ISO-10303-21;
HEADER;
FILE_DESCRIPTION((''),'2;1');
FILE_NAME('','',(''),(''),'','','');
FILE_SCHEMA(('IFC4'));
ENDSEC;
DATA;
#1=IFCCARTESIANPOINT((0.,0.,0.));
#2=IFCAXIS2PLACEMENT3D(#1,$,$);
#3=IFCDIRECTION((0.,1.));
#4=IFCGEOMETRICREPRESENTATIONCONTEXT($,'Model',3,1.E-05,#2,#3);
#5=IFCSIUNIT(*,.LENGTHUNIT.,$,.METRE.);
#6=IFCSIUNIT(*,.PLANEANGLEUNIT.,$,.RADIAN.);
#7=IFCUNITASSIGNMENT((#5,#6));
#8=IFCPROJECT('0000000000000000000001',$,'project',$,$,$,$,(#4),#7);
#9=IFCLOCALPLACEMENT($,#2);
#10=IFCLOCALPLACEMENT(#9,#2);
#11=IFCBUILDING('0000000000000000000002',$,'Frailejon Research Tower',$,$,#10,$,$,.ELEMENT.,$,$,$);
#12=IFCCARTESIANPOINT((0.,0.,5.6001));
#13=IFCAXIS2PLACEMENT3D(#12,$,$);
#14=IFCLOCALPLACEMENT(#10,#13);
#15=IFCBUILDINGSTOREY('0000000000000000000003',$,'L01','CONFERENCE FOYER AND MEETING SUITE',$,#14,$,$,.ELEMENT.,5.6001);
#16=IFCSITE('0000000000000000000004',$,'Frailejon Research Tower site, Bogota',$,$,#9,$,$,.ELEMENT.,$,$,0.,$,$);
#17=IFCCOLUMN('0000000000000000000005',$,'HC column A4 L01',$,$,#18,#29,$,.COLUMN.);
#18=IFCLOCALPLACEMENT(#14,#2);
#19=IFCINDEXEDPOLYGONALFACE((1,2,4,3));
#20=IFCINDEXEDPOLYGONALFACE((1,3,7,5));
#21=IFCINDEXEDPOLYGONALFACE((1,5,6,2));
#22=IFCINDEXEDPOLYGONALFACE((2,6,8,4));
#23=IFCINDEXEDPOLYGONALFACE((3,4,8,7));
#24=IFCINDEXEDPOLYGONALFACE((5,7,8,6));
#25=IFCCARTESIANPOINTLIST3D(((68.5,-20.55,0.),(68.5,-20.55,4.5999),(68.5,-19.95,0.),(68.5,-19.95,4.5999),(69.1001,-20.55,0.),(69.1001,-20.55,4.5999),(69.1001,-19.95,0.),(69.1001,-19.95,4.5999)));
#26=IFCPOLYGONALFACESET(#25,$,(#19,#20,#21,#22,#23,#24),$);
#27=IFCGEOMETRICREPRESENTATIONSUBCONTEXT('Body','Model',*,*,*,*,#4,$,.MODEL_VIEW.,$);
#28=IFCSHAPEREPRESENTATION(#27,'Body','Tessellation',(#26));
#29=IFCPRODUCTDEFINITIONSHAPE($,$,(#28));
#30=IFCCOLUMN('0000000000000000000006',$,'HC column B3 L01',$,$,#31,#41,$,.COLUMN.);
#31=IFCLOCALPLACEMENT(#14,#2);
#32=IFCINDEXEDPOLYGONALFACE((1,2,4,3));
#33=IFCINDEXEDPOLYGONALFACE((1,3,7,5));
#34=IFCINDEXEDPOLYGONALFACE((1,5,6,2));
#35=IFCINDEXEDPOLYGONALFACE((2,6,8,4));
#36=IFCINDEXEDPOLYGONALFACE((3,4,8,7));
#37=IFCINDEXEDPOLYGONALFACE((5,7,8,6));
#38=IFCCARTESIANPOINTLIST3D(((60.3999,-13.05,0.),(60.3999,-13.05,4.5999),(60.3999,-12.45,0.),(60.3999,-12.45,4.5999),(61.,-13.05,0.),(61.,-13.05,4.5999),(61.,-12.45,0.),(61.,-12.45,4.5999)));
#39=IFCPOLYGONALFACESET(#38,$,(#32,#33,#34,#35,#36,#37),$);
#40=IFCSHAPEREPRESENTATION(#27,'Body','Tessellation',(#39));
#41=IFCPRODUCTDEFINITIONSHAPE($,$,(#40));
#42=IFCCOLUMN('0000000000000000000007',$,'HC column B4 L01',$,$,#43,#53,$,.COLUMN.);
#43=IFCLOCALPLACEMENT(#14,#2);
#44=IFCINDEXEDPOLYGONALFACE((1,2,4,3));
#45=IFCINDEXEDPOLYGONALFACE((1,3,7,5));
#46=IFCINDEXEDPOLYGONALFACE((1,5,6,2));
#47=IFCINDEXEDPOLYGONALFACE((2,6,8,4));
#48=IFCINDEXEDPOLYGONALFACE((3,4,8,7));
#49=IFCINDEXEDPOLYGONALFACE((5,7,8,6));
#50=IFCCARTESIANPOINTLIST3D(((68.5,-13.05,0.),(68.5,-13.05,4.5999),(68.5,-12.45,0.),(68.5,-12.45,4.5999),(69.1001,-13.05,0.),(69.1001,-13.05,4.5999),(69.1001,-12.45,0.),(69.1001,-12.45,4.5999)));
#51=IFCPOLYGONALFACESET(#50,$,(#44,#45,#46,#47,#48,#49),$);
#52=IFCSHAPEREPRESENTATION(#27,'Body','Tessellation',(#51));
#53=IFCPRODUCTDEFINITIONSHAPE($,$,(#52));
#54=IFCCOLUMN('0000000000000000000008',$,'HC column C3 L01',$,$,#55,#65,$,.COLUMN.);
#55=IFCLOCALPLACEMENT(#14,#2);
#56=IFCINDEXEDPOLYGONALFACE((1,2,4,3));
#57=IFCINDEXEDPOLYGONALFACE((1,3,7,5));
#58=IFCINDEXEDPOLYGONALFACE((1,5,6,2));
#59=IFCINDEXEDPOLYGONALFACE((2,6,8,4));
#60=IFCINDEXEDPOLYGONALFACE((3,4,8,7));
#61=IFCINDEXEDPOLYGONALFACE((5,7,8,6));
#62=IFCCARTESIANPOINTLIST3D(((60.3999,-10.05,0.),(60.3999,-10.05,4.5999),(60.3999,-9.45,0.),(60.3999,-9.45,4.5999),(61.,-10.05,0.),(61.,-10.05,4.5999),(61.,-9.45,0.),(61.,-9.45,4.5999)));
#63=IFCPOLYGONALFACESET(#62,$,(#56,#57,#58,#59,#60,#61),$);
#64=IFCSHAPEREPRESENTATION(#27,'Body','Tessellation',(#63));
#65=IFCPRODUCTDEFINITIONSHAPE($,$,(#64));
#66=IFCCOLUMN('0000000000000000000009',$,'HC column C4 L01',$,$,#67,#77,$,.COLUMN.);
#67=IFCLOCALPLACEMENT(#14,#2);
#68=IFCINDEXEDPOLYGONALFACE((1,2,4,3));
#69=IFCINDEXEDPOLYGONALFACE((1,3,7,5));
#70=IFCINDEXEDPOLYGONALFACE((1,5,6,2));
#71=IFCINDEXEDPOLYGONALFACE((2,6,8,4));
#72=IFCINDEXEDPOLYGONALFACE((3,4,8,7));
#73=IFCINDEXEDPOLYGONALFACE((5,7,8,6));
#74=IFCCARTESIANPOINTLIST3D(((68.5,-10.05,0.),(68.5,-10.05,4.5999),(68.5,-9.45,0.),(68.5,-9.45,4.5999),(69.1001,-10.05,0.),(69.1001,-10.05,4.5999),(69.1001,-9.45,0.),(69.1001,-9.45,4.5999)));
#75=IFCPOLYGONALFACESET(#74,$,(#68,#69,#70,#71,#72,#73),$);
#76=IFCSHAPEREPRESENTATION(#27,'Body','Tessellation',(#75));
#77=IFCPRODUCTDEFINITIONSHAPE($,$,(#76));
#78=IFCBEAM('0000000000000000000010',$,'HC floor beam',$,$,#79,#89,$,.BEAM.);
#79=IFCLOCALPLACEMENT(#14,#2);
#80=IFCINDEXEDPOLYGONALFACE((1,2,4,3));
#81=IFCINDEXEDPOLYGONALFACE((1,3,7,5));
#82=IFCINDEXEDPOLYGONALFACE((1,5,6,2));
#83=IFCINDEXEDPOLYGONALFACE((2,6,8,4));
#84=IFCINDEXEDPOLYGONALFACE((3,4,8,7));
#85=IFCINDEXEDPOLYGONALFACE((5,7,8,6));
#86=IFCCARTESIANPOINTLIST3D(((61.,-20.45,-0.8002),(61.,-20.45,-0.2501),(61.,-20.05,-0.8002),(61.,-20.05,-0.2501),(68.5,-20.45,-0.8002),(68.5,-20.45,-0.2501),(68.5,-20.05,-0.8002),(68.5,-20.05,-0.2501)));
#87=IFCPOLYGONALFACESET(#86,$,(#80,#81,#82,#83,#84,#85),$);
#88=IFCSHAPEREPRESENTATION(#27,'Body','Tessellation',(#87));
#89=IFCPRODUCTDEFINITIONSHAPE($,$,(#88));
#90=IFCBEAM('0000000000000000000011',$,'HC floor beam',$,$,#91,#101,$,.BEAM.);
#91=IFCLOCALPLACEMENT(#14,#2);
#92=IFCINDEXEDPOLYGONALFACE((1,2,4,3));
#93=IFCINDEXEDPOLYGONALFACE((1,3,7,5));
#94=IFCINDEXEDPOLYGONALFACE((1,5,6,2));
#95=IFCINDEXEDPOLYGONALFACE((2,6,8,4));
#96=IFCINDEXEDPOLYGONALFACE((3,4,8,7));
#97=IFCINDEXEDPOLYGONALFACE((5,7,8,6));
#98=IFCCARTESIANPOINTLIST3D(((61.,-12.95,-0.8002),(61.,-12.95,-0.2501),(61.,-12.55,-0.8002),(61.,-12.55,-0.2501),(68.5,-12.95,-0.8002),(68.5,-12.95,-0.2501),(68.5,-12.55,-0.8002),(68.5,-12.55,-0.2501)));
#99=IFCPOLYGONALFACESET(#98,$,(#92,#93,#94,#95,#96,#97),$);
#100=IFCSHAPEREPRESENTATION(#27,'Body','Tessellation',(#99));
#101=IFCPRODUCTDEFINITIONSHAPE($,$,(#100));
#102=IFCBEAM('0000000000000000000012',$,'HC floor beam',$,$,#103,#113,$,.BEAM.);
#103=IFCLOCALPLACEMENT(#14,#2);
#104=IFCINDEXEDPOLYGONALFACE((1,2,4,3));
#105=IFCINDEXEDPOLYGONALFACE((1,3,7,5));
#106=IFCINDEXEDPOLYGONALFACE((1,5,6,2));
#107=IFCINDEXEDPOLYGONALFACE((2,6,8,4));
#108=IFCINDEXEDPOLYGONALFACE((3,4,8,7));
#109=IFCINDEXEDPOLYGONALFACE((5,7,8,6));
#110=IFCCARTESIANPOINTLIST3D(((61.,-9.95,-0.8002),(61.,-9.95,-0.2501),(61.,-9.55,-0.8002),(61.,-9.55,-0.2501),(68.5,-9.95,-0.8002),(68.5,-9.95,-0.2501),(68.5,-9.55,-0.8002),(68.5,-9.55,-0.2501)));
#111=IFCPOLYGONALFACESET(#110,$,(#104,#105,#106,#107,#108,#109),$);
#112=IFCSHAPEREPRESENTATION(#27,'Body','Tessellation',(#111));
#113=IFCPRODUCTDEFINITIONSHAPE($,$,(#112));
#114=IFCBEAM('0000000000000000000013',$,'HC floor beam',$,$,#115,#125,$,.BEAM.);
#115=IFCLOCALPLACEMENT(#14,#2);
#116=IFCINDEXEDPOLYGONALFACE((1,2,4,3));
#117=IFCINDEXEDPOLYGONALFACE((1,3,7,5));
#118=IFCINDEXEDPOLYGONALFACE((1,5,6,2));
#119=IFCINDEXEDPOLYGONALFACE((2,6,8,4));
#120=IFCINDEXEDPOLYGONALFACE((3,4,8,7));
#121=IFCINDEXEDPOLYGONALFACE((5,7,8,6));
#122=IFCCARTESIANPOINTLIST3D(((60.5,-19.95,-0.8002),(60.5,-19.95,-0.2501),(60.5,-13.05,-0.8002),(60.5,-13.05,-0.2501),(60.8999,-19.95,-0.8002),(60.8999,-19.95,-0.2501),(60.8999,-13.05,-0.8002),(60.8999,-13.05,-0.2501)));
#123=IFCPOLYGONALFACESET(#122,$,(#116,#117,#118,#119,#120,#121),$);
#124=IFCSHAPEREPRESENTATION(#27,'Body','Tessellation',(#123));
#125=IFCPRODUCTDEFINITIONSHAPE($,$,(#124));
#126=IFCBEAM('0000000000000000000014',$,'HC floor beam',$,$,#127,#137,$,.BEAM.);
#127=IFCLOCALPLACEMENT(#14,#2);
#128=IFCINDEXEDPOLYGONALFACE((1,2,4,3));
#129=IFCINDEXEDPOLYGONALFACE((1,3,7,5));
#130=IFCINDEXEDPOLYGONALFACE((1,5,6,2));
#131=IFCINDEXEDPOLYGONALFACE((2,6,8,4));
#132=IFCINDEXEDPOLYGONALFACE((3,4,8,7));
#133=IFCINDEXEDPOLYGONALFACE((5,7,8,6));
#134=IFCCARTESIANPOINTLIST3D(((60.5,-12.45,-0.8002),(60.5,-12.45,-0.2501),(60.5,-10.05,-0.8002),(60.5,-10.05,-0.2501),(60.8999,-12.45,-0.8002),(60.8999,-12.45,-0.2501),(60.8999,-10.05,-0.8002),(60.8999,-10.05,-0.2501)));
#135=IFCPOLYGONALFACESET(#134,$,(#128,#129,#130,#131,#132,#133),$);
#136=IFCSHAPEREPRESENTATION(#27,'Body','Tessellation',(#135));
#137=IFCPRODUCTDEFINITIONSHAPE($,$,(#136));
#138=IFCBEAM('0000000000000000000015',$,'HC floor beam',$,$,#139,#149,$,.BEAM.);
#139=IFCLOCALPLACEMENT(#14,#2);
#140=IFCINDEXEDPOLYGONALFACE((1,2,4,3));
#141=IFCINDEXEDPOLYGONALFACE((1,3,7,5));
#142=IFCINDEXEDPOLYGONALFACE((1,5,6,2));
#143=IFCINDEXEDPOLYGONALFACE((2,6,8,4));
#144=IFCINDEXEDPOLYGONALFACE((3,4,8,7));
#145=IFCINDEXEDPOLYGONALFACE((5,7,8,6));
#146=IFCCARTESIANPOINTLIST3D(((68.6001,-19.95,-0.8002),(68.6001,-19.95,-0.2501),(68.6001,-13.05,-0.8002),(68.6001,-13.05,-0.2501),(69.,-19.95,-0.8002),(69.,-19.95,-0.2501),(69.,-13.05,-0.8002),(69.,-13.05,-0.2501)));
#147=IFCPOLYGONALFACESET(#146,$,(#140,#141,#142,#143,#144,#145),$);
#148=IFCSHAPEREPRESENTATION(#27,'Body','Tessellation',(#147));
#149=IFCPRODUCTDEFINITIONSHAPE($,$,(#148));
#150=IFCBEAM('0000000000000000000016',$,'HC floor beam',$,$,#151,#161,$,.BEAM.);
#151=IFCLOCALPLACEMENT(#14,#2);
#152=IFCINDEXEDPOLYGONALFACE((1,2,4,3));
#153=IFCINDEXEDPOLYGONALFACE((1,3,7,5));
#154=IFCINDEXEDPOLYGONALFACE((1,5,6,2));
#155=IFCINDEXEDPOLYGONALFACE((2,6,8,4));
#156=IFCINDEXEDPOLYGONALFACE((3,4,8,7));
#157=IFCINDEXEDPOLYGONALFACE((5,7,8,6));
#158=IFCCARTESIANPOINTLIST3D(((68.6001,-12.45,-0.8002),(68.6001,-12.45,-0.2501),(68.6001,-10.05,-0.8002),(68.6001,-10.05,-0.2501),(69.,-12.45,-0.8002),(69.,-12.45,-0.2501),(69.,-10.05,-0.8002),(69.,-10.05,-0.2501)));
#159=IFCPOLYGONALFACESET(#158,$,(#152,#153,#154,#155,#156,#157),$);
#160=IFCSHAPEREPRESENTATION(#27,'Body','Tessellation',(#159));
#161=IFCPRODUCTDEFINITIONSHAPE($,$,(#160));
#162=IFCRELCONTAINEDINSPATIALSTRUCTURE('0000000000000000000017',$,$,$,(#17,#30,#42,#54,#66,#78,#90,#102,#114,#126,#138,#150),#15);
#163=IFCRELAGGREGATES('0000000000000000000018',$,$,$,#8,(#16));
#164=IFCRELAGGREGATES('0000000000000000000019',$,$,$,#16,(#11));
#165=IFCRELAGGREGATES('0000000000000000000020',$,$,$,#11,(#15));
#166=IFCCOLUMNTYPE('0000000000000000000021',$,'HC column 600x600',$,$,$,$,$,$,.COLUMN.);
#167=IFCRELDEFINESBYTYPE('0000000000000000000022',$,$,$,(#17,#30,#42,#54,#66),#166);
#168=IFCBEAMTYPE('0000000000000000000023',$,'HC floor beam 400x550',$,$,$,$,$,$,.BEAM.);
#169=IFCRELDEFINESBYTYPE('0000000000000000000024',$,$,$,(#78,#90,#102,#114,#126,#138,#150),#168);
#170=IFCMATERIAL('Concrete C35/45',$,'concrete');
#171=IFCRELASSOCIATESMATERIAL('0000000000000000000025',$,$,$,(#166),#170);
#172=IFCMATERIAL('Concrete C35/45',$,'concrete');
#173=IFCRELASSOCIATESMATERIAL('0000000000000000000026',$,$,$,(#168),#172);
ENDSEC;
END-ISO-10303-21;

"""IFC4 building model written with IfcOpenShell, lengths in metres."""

from ifc_helpers import new_model, si_unit, direction, frame, origin, origin_2d, place, context, subcontext, project, spatial, rectangle, extrude, material, material_profile, profile_set, type_object, element, save


model = new_model("IFC4")

# Units and contexts
model_context = context("Model", 3, precision=1e-05, world=origin(), true_north=direction((0.0, 1.0)))
body_context = subcontext(model_context, "Body", "Model", "MODEL_VIEW")
ifc_project = project(units=[si_unit("LENGTHUNIT", "METRE"), si_unit("PLANEANGLEUNIT", "RADIAN")], contexts=[model_context])

# Site, building, storey
site_placement = place(None, origin())
site = spatial("IfcSite", under=ifc_project, at=site_placement, Name="Frailejon Research Tower site, Bogota", CompositionType="ELEMENT", RefElevation=0.0)
building_placement = place(site_placement, origin())
building = spatial("IfcBuilding", under=site, at=building_placement, Name="Frailejon Research Tower", CompositionType="ELEMENT")
storey_placement = place(building_placement, frame((0.0, 0.0, 5.6001)))
storey = spatial("IfcBuildingStorey", under=building, at=storey_placement, Name="L01", Description="CONFERENCE FOYER AND MEETING SUITE", CompositionType="ELEMENT", Elevation=5.6001)

# Columns
ifc_material_1 = material(Name="Concrete C35/45", Category="concrete")
ifc_material_profile_1 = material_profile(ifc_material_1, rectangle(XDim=0.6001, YDim=0.6001, at=origin_2d()), Name="HC column 600x600")
ifc_profile_set_1 = profile_set([ifc_material_profile_1], Name="Concrete C35/45")
column_type = type_object("IfcColumnType", Name="HC column 600x600", PredefinedType="COLUMN", material=ifc_profile_set_1)
for number, where, z_axis, x_axis, name in (
    (1, (68.8, -20.25, 0.0), (0.0, 0.0, 1.0), (1.0, 0.0, 0.0), "HC column A4 L01"),
    (2, (60.7, -12.75, 0.0), (0.0, 0.0, 1.0), (1.0, 0.0, 0.0), "HC column B3 L01"),
    (3, (68.8, -12.75, 0.0), (0.0, 0.0, 1.0), (1.0, 0.0, 0.0), "HC column B4 L01"),
    (4, (60.7, -9.75, 0.0), (0.0, 0.0, 1.0), (1.0, 0.0, 0.0), "HC column C3 L01"),
    (5, (68.8, -9.75, 0.0), (0.0, 0.0, 1.0), (1.0, 0.0, 0.0), "HC column C4 L01"),
):
    element("IfcColumn", number, at=place(storey_placement, frame(where, z_axis=z_axis, x_axis=x_axis)), inside=storey, type_object=column_type, Name=name, PredefinedType="COLUMN", context=body_context, shape_type="SweptSolid", body=[
        extrude(rectangle(XDim=0.6001, YDim=0.6001, at=origin_2d()), origin(), (0.0, 0.0, 1.0), 4.5999),
    ])

# Beams
ifc_material_2 = material(Name="Concrete C35/45", Category="concrete")
ifc_material_profile_2 = material_profile(ifc_material_2, rectangle(XDim=0.3999, YDim=0.55, at=origin_2d()), Name="HC floor beam 400x550")
ifc_profile_set_2 = profile_set([ifc_material_profile_2], Name="Concrete C35/45")
beam_type = type_object("IfcBeamType", Name="HC floor beam 400x550", PredefinedType="BEAM", material=ifc_profile_set_2)
for number, where, z_axis, x_axis, name in (
    (6, (61.0, -20.25, -0.5251), (1.0, 0.0, 0.0), (0.0, 1.0, 0.0), "HC floor beam"),
    (7, (61.0, -12.75, -0.5251), (1.0, 0.0, 0.0), (0.0, 1.0, 0.0), "HC floor beam"),
    (8, (61.0, -9.75, -0.5251), (1.0, 0.0, 0.0), (0.0, 1.0, 0.0), "HC floor beam"),
):
    element("IfcBeam", number, at=place(storey_placement, frame(where, z_axis=z_axis, x_axis=x_axis)), inside=storey, type_object=beam_type, Name=name, PredefinedType="BEAM", context=body_context, shape_type="SweptSolid", body=[
        extrude(rectangle(XDim=0.3999, YDim=0.55, at=origin_2d()), origin(), (0.0, 0.0, 1.0), 7.5),
    ])
beam_1_placement = place(storey_placement, frame((60.7, -19.95, -0.5251), z_axis=(0.0, 1.0, 0.0), x_axis=(-1.0, 0.0, 0.0)))
element("IfcBeam", 9, at=beam_1_placement, inside=storey, type_object=beam_type, Name="HC floor beam", PredefinedType="BEAM", context=body_context, shape_type="SweptSolid", body=[
    extrude(rectangle(XDim=0.3999, YDim=0.55, at=origin_2d()), origin(), (0.0, 0.0, 1.0), 6.8999),
])
beam_2_placement = place(storey_placement, frame((60.7, -12.45, -0.5251), z_axis=(0.0, 1.0, 0.0), x_axis=(-1.0, 0.0, 0.0)))
element("IfcBeam", 10, at=beam_2_placement, inside=storey, type_object=beam_type, Name="HC floor beam", PredefinedType="BEAM", context=body_context, shape_type="SweptSolid", body=[
    extrude(rectangle(XDim=0.3999, YDim=0.55, at=origin_2d()), origin(), (0.0, 0.0, 1.0), 2.3999),
])
beam_3_placement = place(storey_placement, frame((68.8, -19.95, -0.5251), z_axis=(0.0, 1.0, 0.0), x_axis=(-1.0, 0.0, 0.0)))
element("IfcBeam", 11, at=beam_3_placement, inside=storey, type_object=beam_type, Name="HC floor beam", PredefinedType="BEAM", context=body_context, shape_type="SweptSolid", body=[
    extrude(rectangle(XDim=0.3999, YDim=0.55, at=origin_2d()), origin(), (0.0, 0.0, 1.0), 6.8999),
])
beam_4_placement = place(storey_placement, frame((68.8, -12.45, -0.5251), z_axis=(0.0, 1.0, 0.0), x_axis=(-1.0, 0.0, 0.0)))
element("IfcBeam", 12, at=beam_4_placement, inside=storey, type_object=beam_type, Name="HC floor beam", PredefinedType="BEAM", context=body_context, shape_type="SweptSolid", body=[
    extrude(rectangle(XDim=0.3999, YDim=0.55, at=origin_2d()), origin(), (0.0, 0.0, 1.0), 2.3999),
])

save(model, "model.ifc")
